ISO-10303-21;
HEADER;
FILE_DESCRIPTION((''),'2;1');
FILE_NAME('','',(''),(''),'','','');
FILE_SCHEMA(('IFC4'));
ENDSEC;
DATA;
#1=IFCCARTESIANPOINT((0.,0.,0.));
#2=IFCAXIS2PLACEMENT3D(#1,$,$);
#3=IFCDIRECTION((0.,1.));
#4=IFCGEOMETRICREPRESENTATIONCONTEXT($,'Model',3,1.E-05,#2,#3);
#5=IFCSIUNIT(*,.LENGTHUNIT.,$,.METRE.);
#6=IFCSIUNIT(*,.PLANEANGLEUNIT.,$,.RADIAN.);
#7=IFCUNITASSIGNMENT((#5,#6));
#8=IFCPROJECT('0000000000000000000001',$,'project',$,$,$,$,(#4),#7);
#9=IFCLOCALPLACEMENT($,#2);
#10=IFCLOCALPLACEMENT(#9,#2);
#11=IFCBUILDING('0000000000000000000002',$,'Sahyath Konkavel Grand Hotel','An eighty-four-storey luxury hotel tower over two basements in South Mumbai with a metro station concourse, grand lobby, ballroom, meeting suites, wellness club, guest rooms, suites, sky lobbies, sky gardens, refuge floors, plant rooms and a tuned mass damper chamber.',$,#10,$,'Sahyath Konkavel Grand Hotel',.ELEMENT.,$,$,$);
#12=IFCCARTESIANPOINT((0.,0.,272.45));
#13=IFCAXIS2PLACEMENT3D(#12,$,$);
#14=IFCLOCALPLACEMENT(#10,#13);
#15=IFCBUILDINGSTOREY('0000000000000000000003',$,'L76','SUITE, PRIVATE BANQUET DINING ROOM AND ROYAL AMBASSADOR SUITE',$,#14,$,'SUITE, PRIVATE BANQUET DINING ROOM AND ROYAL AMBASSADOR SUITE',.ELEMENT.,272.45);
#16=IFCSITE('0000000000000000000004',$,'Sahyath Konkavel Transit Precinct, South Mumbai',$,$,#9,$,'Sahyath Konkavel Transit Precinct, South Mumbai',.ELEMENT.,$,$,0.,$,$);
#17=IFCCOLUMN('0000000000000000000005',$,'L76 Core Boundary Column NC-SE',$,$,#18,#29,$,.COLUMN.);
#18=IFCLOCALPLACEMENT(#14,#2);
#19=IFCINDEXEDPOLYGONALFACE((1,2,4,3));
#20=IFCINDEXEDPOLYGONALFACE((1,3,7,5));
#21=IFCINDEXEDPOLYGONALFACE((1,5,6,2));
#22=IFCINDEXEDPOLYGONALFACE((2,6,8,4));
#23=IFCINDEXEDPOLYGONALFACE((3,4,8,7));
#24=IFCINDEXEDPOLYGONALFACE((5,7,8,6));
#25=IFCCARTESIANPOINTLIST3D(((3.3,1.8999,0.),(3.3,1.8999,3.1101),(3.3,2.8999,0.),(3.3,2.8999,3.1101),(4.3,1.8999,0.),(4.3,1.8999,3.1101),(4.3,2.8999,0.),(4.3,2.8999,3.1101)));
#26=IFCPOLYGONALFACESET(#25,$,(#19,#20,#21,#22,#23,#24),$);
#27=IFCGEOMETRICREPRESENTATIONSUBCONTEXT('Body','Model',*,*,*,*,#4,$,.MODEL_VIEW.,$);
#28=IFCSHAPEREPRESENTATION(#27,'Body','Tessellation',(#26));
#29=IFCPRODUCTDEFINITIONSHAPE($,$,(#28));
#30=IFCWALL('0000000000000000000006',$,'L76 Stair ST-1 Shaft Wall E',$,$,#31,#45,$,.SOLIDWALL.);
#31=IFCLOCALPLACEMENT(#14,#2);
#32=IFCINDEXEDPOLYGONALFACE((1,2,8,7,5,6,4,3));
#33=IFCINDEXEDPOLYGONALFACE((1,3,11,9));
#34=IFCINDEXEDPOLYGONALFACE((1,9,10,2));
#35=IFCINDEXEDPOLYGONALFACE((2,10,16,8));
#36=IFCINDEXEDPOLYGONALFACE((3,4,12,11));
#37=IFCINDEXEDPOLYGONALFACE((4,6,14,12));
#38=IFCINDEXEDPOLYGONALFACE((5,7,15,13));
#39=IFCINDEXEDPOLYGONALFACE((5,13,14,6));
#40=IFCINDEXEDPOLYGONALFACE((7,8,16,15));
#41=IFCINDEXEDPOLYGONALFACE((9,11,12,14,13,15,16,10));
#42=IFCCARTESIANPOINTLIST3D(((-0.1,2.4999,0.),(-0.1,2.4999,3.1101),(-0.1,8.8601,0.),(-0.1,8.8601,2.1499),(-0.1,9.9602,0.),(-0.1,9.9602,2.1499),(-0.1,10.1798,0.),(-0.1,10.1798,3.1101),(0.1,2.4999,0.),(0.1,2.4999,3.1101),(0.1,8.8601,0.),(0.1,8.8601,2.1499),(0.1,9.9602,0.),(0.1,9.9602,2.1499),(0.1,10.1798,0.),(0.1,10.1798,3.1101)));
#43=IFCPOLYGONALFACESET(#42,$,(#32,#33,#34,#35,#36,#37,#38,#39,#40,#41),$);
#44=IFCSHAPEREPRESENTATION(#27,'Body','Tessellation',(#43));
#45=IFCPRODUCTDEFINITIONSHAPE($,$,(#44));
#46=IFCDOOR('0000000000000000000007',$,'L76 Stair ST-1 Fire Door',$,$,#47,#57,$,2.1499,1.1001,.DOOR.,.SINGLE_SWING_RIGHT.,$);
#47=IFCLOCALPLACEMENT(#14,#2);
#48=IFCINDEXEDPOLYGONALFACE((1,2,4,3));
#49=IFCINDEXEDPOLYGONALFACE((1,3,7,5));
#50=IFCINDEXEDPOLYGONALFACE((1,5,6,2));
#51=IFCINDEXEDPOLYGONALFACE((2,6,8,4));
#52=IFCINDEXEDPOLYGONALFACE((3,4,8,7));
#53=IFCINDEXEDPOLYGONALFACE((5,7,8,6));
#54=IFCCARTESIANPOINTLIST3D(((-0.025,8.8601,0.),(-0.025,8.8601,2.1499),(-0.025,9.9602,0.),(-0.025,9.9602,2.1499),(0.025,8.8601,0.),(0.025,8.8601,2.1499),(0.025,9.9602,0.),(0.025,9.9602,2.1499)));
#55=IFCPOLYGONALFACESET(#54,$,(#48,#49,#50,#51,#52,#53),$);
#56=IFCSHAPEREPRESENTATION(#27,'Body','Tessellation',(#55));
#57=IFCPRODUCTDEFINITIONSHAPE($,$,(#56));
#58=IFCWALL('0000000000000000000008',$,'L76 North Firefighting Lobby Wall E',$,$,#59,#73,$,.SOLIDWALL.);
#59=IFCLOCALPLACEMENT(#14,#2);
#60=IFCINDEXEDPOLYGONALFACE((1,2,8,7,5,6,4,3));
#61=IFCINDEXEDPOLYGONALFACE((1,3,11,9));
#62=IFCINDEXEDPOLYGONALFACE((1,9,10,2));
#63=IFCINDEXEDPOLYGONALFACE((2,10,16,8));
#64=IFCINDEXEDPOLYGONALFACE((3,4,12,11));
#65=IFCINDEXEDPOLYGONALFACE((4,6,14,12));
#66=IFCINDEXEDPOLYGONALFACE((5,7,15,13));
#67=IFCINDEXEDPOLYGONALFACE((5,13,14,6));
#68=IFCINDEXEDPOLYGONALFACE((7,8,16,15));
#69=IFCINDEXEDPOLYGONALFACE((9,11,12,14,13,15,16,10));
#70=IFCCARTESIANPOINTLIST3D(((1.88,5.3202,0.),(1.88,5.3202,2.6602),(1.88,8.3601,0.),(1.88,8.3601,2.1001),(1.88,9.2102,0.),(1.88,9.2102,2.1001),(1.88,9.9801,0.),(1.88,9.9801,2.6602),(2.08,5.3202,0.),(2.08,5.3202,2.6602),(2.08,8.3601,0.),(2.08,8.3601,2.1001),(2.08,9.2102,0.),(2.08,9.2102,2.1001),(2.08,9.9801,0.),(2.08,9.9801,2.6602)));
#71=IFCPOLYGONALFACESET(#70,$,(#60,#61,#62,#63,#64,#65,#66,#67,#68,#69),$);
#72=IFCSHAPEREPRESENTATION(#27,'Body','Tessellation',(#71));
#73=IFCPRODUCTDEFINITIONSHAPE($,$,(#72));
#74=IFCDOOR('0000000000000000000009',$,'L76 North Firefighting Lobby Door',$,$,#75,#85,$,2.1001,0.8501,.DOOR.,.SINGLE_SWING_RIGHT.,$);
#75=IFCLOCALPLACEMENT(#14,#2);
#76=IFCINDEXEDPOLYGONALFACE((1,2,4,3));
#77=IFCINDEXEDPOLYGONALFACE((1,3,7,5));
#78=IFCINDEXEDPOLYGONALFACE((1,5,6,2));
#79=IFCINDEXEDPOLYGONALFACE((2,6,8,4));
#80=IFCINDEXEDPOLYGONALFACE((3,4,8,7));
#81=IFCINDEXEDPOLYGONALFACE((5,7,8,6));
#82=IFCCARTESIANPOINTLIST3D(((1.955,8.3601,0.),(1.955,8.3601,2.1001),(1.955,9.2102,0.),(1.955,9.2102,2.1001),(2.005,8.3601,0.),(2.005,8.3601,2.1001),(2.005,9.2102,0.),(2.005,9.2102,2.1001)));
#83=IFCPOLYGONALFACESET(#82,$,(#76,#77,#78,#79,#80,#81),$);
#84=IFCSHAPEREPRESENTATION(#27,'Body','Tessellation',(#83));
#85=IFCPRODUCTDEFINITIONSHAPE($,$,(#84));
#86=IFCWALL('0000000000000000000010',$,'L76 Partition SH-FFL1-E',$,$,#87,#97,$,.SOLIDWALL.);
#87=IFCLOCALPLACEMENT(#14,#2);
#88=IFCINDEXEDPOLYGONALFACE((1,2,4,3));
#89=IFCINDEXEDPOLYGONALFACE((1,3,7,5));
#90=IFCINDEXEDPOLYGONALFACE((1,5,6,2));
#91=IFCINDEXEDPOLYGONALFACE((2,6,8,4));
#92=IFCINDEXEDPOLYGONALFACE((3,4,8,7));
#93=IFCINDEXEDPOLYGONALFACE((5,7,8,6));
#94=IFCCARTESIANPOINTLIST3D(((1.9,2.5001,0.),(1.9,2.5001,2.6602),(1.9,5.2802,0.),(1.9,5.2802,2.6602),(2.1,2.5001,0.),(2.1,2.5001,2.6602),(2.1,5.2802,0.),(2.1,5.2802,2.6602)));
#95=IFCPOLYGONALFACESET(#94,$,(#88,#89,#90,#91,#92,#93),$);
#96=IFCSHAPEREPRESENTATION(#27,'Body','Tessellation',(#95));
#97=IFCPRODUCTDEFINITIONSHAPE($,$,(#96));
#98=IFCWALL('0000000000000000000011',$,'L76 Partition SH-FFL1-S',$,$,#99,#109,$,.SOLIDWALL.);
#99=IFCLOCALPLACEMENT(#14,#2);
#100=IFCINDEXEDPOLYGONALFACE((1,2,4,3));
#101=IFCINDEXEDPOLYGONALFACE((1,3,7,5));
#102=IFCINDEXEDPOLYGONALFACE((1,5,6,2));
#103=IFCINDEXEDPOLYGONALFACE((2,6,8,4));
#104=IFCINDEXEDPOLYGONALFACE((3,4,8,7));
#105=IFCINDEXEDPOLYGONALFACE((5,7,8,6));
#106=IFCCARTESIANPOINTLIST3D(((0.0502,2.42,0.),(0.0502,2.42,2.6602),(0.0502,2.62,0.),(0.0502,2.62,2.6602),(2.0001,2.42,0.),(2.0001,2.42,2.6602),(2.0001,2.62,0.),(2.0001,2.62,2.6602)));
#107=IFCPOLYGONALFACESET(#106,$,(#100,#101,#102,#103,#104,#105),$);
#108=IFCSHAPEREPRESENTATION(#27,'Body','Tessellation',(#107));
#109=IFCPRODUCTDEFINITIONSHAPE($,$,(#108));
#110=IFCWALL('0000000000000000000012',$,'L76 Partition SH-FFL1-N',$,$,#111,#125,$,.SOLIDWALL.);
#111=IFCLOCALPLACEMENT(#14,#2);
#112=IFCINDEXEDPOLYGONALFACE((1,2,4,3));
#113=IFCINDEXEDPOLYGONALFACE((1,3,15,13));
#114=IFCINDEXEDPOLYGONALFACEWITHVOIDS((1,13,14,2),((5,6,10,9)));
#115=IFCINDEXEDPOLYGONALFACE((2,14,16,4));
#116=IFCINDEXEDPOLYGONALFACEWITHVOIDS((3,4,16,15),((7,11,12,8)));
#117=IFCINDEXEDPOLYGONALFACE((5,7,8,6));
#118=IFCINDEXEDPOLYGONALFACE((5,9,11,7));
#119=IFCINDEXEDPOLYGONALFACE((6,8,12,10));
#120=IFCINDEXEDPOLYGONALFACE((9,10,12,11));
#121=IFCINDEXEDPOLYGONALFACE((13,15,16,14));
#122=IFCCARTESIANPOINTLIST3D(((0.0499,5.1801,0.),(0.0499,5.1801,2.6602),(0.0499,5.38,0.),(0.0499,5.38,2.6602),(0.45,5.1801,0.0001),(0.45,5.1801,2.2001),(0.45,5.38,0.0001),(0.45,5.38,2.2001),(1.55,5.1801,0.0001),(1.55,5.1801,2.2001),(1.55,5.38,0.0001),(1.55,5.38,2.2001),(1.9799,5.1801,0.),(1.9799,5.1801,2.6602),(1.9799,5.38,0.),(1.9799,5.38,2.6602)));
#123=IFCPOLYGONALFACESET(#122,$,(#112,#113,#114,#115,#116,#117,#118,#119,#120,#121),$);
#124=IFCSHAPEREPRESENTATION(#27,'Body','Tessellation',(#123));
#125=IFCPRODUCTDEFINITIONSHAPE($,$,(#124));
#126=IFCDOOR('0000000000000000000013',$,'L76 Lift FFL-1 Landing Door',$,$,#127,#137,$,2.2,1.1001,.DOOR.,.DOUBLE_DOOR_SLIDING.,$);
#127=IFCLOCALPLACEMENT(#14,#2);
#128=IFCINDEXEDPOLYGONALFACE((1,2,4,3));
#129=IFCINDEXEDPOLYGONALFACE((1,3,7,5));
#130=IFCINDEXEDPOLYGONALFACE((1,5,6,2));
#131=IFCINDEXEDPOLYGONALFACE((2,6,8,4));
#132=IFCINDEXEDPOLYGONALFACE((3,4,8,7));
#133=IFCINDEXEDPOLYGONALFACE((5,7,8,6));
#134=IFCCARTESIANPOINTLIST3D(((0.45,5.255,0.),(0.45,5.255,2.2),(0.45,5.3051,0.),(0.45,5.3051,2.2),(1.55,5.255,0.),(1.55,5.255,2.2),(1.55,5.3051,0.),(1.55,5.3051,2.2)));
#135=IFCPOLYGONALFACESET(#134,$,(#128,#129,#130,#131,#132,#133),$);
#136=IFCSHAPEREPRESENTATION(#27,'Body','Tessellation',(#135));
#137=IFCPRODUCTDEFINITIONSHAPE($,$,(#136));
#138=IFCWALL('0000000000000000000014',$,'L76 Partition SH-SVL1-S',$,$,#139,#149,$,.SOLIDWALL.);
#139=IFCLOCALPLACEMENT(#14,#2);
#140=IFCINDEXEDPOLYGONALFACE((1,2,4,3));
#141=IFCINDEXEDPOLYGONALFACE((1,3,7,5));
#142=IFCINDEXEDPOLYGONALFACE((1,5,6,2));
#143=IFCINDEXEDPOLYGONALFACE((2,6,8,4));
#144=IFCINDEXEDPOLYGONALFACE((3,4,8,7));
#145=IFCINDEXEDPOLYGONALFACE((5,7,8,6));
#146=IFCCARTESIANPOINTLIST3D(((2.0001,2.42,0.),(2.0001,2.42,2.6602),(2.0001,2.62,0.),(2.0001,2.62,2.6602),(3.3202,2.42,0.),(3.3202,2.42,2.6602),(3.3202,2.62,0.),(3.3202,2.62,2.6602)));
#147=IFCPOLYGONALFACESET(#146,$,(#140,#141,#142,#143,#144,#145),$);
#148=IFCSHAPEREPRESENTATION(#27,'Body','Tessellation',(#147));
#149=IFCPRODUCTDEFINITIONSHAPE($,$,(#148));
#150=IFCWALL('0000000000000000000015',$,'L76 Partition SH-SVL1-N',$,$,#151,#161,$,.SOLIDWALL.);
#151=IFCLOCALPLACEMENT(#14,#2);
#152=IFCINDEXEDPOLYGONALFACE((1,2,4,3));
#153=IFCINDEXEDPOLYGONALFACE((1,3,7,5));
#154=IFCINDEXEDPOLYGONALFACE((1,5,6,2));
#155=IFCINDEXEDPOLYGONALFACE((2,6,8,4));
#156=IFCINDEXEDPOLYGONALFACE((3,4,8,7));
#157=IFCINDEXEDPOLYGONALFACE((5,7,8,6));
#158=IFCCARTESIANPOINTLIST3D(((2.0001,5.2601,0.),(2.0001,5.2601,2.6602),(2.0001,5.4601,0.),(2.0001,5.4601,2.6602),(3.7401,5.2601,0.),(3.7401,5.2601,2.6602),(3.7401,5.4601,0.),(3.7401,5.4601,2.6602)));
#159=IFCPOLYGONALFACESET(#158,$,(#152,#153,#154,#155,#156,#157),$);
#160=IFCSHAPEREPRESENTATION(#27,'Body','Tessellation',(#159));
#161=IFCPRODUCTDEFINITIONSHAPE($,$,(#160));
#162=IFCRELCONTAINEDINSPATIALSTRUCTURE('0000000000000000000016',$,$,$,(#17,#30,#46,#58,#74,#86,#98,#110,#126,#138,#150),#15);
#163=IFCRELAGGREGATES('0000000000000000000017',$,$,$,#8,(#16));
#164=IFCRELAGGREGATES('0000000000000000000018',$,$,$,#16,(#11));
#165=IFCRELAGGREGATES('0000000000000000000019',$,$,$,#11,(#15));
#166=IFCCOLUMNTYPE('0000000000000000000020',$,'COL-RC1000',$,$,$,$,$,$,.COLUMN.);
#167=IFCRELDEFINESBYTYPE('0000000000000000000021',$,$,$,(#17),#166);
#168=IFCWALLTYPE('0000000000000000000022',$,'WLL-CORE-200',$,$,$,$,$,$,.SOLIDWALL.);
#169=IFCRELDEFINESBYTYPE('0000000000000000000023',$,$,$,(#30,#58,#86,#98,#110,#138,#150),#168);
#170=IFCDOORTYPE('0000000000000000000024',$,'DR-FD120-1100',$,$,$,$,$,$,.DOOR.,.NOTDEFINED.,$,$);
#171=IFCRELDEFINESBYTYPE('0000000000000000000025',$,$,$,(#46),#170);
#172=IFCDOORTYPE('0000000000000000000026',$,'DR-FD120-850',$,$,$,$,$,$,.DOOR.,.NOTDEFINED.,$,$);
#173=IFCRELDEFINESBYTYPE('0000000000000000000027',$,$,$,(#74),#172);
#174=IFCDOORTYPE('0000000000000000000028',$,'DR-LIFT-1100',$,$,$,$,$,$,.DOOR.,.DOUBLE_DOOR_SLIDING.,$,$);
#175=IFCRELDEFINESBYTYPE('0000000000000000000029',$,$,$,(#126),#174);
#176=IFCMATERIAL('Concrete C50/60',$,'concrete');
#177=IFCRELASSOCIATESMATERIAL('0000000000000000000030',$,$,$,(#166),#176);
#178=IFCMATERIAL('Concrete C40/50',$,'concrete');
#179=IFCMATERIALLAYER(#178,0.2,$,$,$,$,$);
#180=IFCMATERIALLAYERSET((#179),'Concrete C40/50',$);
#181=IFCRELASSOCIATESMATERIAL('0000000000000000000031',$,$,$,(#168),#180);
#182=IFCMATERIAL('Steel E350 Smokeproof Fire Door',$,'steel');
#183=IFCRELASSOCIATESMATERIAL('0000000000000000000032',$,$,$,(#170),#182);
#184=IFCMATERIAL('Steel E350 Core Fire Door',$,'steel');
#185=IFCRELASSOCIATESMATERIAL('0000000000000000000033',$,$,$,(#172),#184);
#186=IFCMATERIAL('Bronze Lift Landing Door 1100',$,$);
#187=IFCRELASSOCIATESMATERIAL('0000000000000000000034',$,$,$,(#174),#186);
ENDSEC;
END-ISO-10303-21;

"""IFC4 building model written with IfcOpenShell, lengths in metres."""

from ifc_helpers import new_model, si_unit, direction, frame, frame_2d, origin, origin_2d, place, context, subcontext, project, spatial, rectangle, extrude, source, transform, mapped, material, layer, layer_set, material_profile, profile_set, type_object, element, fill, save


model = new_model("IFC4")

# Units and contexts
model_context = context("Model", 3, precision=1e-05, world=origin(), true_north=direction((0.0, 1.0)))
body_context = subcontext(model_context, "Body", "Model", "MODEL_VIEW")
ifc_project = project(units=[si_unit("LENGTHUNIT", "METRE"), si_unit("PLANEANGLEUNIT", "RADIAN")], contexts=[model_context])

# Site, building, storey
site_placement = place(None, origin())
site = spatial("IfcSite", under=ifc_project, at=site_placement, Name="Sahyath Konkavel Transit Precinct, South Mumbai", LongName="Sahyath Konkavel Transit Precinct, South Mumbai", CompositionType="ELEMENT", RefElevation=0.0)
building_placement = place(site_placement, origin())
building = spatial("IfcBuilding", under=site, at=building_placement, Name="Sahyath Konkavel Grand Hotel", Description="An eighty-four-storey luxury hotel tower over two basements in South Mumbai with a metro station concourse, grand lobby, ballroom, meeting suites, wellness club, guest rooms, suites, sky lobbies, sky gardens, refuge floors, plant rooms and a tuned mass damper chamber.", LongName="Sahyath Konkavel Grand Hotel", CompositionType="ELEMENT")
storey_placement = place(building_placement, frame((0.0, 0.0, 272.45)))
storey = spatial("IfcBuildingStorey", under=building, at=storey_placement, Name="L76", Description="SUITE, PRIVATE BANQUET DINING ROOM AND ROYAL AMBASSADOR SUITE", LongName="SUITE, PRIVATE BANQUET DINING ROOM AND ROYAL AMBASSADOR SUITE", CompositionType="ELEMENT", Elevation=272.45)

# Column
ifc_material_1 = material(Name="Concrete C50/60", Category="concrete")
ifc_material_profile = material_profile(ifc_material_1, rectangle(XDim=1.0, YDim=1.0, at=origin_2d()), Name="RC 1000x1000")
ifc_profile_set = profile_set([ifc_material_profile], Name="Concrete C50/60")
column_type = type_object("IfcColumnType", Name="COL-RC1000", PredefinedType="COLUMN", material=ifc_profile_set)
shared_shape_1 = source(origin(), body_context, "Body", "SweptSolid", [
    extrude(rectangle(XDim=1.0, YDim=1.0, at=origin_2d()), origin(), (0.0, 0.0, 1.0), 3.1101),
])
column_placement = place(storey_placement, frame((3.8, 2.3999, 0.0), z_axis=(0.0, 0.0, 1.0), x_axis=(1.0, 0.0, 0.0)))
element("IfcColumn", 1, at=column_placement, inside=storey, type_object=column_type, Name="L76 Core Boundary Column NC-SE", PredefinedType="COLUMN", context=body_context, shape_type="MappedRepresentation", body=[
    mapped(shared_shape_1, transform((0.0, 0.0, 0.0), scale=1.0)),
])

# Walls, openings, doors
ifc_material_2 = material(Name="Concrete C40/50", Category="concrete")
ifc_layer_1 = layer(ifc_material_2, 0.2)
ifc_layer_set_1 = layer_set([ifc_layer_1], Name="Concrete C40/50")
wall_type_1 = type_object("IfcWallType", Name="WLL-CORE-200", PredefinedType="SOLIDWALL", material=ifc_layer_set_1)
wall_1_placement = place(storey_placement, frame((0.0, 2.5, 0.0), z_axis=(0.0, 0.0, 1.0), x_axis=(0.0, 1.0, 0.0)))
wall_1 = element("IfcWall", 2, at=wall_1_placement, inside=storey, type_object=wall_type_1, Name="L76 Stair ST-1 Shaft Wall E", PredefinedType="SOLIDWALL", context=body_context, shape_type="SweptSolid", body=[
    extrude(rectangle(XDim=7.6799, YDim=0.2, at=frame_2d((3.8398, 0.0))), origin(), (0.0, 0.0, 1.0), 3.1101),
])
opening_1_placement = place(wall_1_placement, frame((6.3601, 0.0, 0.0)))
opening_1 = element("IfcOpeningElement", 3, at=opening_1_placement, cuts=wall_1, PredefinedType="OPENING", context=body_context, shape_type="SweptSolid", body=[
    extrude(rectangle(XDim=1.1001, YDim=2.1499, at=frame_2d((0.55, 1.075))), frame((0.0, 0.1099, 0.0), z_axis=(0.0, -1.0, 0.0), x_axis=(1.0, 0.0, 0.0)), (0.0, 0.0, 1.0), 0.22),
])
ifc_material_3 = material(Name="Steel E350 Smokeproof Fire Door", Category="steel")
door_type_1 = type_object("IfcDoorType", Name="DR-FD120-1100", OperationType="NOTDEFINED", PredefinedType="DOOR", material=ifc_material_3)
shared_shape_2 = source(origin(), body_context, "Body", "SweptSolid", [
    extrude(rectangle(XDim=1.1001, YDim=0.05, at=origin_2d()), origin(), (0.0, 0.0, 1.0), 2.1499),
])
door_1_placement = place(opening_1_placement, frame((0.55, 0.0, 0.0)))
door_1 = element("IfcDoor", 4, at=door_1_placement, inside=storey, type_object=door_type_1, Name="L76 Stair ST-1 Fire Door", OperationType="SINGLE_SWING_RIGHT", OverallHeight=2.1499, OverallWidth=1.1001, PredefinedType="DOOR", context=body_context, shape_type="MappedRepresentation", body=[
    mapped(shared_shape_2, transform((0.0, 0.0, 0.0), scale=1.0)),
])
fill(opening_1, door_1)
wall_2_placement = place(storey_placement, frame((1.98, 5.3201, 0.0), z_axis=(0.0, 0.0, 1.0), x_axis=(0.0, 1.0, 0.0)))
wall_2 = element("IfcWall", 5, at=wall_2_placement, inside=storey, type_object=wall_type_1, Name="L76 North Firefighting Lobby Wall E", PredefinedType="SOLIDWALL", context=body_context, shape_type="SweptSolid", body=[
    extrude(rectangle(XDim=4.6599, YDim=0.2, at=frame_2d((2.3301, 0.0))), origin(), (0.0, 0.0, 1.0), 2.6602),
])
opening_2_placement = place(wall_2_placement, frame((3.04, 0.0, 0.0)))
opening_2 = element("IfcOpeningElement", 6, at=opening_2_placement, cuts=wall_2, PredefinedType="OPENING", context=body_context, shape_type="SweptSolid", body=[
    extrude(rectangle(XDim=0.8501, YDim=2.1001, at=frame_2d((0.425, 1.05))), frame((0.0, 0.1099, 0.0), z_axis=(0.0, -1.0, 0.0), x_axis=(1.0, 0.0, 0.0)), (0.0, 0.0, 1.0), 0.22),
])
ifc_material_4 = material(Name="Steel E350 Core Fire Door", Category="steel")
door_type_2 = type_object("IfcDoorType", Name="DR-FD120-850", OperationType="NOTDEFINED", PredefinedType="DOOR", material=ifc_material_4)
shared_shape_3 = source(origin(), body_context, "Body", "SweptSolid", [
    extrude(rectangle(XDim=0.8501, YDim=0.05, at=origin_2d()), origin(), (0.0, 0.0, 1.0), 2.1001),
])
door_2_placement = place(opening_2_placement, frame((0.425, 0.0, 0.0)))
door_2 = element("IfcDoor", 7, at=door_2_placement, inside=storey, type_object=door_type_2, Name="L76 North Firefighting Lobby Door", OperationType="SINGLE_SWING_RIGHT", OverallHeight=2.1001, OverallWidth=0.8501, PredefinedType="DOOR", context=body_context, shape_type="MappedRepresentation", body=[
    mapped(shared_shape_3, transform((0.0, 0.0, 0.0), scale=1.0)),
])
fill(opening_2, door_2)

# Walls
wall_3_placement = place(storey_placement, frame((2.0, 2.5, 0.0), z_axis=(0.0, 0.0, 1.0), x_axis=(0.0, 1.0, 0.0)))
element("IfcWall", 8, at=wall_3_placement, inside=storey, type_object=wall_type_1, Name="L76 Partition SH-FFL1-E", PredefinedType="SOLIDWALL", context=body_context, shape_type="SweptSolid", body=[
    extrude(rectangle(XDim=2.78, YDim=0.2, at=frame_2d((1.3901, 0.0))), origin(), (0.0, 0.0, 1.0), 2.6602),
])
wall_4_placement = place(storey_placement, frame((0.05, 2.52, 0.0), z_axis=(0.0, 0.0, 1.0), x_axis=(1.0, 0.0, 0.0)))
element("IfcWall", 9, at=wall_4_placement, inside=storey, type_object=wall_type_1, Name="L76 Partition SH-FFL1-S", PredefinedType="SOLIDWALL", context=body_context, shape_type="SweptSolid", body=[
    extrude(rectangle(XDim=1.95, YDim=0.2, at=frame_2d((0.9751, 0.0))), origin(), (0.0, 0.0, 1.0), 2.6602),
])

# Wall, opening, door
wall_5_placement = place(storey_placement, frame((0.05, 5.28, 0.0), z_axis=(0.0, 0.0, 1.0), x_axis=(1.0, 0.0, 0.0)))
wall_5 = element("IfcWall", 10, at=wall_5_placement, inside=storey, type_object=wall_type_1, Name="L76 Partition SH-FFL1-N", PredefinedType="SOLIDWALL", context=body_context, shape_type="SweptSolid", body=[
    extrude(rectangle(XDim=1.9299, YDim=0.2, at=frame_2d((0.9648, 0.0))), origin(), (0.0, 0.0, 1.0), 2.6602),
])
opening_3_placement = place(wall_5_placement, frame((0.3999, 0.0, 0.0)))
opening_3 = element("IfcOpeningElement", 11, at=opening_3_placement, cuts=wall_5, PredefinedType="OPENING", context=body_context, shape_type="SweptSolid", body=[
    extrude(rectangle(XDim=1.1001, YDim=2.2, at=frame_2d((0.55, 1.1001))), frame((0.0, 0.1099, 0.0), z_axis=(0.0, -1.0, 0.0), x_axis=(1.0, 0.0, 0.0)), (0.0, 0.0, 1.0), 0.22),
])
ifc_material_5 = material(Name="Bronze Lift Landing Door 1100")
door_type_3 = type_object("IfcDoorType", Name="DR-LIFT-1100", OperationType="DOUBLE_DOOR_SLIDING", PredefinedType="DOOR", material=ifc_material_5)
shared_shape_4 = source(origin(), body_context, "Body", "SweptSolid", [
    extrude(rectangle(XDim=1.1001, YDim=0.05, at=origin_2d()), origin(), (0.0, 0.0, 1.0), 2.2),
])
door_3_placement = place(opening_3_placement, frame((0.55, 0.0, 0.0)))
door_3 = element("IfcDoor", 12, at=door_3_placement, inside=storey, type_object=door_type_3, Name="L76 Lift FFL-1 Landing Door", OperationType="DOUBLE_DOOR_SLIDING", OverallHeight=2.2, OverallWidth=1.1001, PredefinedType="DOOR", context=body_context, shape_type="MappedRepresentation", body=[
    mapped(shared_shape_4, transform((0.0, 0.0, 0.0), scale=1.0)),
])
fill(opening_3, door_3)

# Walls
wall_6_placement = place(storey_placement, frame((2.0, 2.52, 0.0), z_axis=(0.0, 0.0, 1.0), x_axis=(1.0, 0.0, 0.0)))
element("IfcWall", 13, at=wall_6_placement, inside=storey, type_object=wall_type_1, Name="L76 Partition SH-SVL1-S", PredefinedType="SOLIDWALL", context=body_context, shape_type="SweptSolid", body=[
    extrude(rectangle(XDim=1.3201, YDim=0.2, at=frame_2d((0.6602, 0.0))), origin(), (0.0, 0.0, 1.0), 2.6602),
])
wall_7_placement = place(storey_placement, frame((2.0, 5.3601, 0.0), z_axis=(0.0, 0.0, 1.0), x_axis=(1.0, 0.0, 0.0)))
element("IfcWall", 14, at=wall_7_placement, inside=storey, type_object=wall_type_1, Name="L76 Partition SH-SVL1-N", PredefinedType="SOLIDWALL", context=body_context, shape_type="SweptSolid", body=[
    extrude(rectangle(XDim=1.74, YDim=0.2, at=frame_2d((0.8701, 0.0))), origin(), (0.0, 0.0, 1.0), 2.6602),
])

save(model, "model.ifc")
